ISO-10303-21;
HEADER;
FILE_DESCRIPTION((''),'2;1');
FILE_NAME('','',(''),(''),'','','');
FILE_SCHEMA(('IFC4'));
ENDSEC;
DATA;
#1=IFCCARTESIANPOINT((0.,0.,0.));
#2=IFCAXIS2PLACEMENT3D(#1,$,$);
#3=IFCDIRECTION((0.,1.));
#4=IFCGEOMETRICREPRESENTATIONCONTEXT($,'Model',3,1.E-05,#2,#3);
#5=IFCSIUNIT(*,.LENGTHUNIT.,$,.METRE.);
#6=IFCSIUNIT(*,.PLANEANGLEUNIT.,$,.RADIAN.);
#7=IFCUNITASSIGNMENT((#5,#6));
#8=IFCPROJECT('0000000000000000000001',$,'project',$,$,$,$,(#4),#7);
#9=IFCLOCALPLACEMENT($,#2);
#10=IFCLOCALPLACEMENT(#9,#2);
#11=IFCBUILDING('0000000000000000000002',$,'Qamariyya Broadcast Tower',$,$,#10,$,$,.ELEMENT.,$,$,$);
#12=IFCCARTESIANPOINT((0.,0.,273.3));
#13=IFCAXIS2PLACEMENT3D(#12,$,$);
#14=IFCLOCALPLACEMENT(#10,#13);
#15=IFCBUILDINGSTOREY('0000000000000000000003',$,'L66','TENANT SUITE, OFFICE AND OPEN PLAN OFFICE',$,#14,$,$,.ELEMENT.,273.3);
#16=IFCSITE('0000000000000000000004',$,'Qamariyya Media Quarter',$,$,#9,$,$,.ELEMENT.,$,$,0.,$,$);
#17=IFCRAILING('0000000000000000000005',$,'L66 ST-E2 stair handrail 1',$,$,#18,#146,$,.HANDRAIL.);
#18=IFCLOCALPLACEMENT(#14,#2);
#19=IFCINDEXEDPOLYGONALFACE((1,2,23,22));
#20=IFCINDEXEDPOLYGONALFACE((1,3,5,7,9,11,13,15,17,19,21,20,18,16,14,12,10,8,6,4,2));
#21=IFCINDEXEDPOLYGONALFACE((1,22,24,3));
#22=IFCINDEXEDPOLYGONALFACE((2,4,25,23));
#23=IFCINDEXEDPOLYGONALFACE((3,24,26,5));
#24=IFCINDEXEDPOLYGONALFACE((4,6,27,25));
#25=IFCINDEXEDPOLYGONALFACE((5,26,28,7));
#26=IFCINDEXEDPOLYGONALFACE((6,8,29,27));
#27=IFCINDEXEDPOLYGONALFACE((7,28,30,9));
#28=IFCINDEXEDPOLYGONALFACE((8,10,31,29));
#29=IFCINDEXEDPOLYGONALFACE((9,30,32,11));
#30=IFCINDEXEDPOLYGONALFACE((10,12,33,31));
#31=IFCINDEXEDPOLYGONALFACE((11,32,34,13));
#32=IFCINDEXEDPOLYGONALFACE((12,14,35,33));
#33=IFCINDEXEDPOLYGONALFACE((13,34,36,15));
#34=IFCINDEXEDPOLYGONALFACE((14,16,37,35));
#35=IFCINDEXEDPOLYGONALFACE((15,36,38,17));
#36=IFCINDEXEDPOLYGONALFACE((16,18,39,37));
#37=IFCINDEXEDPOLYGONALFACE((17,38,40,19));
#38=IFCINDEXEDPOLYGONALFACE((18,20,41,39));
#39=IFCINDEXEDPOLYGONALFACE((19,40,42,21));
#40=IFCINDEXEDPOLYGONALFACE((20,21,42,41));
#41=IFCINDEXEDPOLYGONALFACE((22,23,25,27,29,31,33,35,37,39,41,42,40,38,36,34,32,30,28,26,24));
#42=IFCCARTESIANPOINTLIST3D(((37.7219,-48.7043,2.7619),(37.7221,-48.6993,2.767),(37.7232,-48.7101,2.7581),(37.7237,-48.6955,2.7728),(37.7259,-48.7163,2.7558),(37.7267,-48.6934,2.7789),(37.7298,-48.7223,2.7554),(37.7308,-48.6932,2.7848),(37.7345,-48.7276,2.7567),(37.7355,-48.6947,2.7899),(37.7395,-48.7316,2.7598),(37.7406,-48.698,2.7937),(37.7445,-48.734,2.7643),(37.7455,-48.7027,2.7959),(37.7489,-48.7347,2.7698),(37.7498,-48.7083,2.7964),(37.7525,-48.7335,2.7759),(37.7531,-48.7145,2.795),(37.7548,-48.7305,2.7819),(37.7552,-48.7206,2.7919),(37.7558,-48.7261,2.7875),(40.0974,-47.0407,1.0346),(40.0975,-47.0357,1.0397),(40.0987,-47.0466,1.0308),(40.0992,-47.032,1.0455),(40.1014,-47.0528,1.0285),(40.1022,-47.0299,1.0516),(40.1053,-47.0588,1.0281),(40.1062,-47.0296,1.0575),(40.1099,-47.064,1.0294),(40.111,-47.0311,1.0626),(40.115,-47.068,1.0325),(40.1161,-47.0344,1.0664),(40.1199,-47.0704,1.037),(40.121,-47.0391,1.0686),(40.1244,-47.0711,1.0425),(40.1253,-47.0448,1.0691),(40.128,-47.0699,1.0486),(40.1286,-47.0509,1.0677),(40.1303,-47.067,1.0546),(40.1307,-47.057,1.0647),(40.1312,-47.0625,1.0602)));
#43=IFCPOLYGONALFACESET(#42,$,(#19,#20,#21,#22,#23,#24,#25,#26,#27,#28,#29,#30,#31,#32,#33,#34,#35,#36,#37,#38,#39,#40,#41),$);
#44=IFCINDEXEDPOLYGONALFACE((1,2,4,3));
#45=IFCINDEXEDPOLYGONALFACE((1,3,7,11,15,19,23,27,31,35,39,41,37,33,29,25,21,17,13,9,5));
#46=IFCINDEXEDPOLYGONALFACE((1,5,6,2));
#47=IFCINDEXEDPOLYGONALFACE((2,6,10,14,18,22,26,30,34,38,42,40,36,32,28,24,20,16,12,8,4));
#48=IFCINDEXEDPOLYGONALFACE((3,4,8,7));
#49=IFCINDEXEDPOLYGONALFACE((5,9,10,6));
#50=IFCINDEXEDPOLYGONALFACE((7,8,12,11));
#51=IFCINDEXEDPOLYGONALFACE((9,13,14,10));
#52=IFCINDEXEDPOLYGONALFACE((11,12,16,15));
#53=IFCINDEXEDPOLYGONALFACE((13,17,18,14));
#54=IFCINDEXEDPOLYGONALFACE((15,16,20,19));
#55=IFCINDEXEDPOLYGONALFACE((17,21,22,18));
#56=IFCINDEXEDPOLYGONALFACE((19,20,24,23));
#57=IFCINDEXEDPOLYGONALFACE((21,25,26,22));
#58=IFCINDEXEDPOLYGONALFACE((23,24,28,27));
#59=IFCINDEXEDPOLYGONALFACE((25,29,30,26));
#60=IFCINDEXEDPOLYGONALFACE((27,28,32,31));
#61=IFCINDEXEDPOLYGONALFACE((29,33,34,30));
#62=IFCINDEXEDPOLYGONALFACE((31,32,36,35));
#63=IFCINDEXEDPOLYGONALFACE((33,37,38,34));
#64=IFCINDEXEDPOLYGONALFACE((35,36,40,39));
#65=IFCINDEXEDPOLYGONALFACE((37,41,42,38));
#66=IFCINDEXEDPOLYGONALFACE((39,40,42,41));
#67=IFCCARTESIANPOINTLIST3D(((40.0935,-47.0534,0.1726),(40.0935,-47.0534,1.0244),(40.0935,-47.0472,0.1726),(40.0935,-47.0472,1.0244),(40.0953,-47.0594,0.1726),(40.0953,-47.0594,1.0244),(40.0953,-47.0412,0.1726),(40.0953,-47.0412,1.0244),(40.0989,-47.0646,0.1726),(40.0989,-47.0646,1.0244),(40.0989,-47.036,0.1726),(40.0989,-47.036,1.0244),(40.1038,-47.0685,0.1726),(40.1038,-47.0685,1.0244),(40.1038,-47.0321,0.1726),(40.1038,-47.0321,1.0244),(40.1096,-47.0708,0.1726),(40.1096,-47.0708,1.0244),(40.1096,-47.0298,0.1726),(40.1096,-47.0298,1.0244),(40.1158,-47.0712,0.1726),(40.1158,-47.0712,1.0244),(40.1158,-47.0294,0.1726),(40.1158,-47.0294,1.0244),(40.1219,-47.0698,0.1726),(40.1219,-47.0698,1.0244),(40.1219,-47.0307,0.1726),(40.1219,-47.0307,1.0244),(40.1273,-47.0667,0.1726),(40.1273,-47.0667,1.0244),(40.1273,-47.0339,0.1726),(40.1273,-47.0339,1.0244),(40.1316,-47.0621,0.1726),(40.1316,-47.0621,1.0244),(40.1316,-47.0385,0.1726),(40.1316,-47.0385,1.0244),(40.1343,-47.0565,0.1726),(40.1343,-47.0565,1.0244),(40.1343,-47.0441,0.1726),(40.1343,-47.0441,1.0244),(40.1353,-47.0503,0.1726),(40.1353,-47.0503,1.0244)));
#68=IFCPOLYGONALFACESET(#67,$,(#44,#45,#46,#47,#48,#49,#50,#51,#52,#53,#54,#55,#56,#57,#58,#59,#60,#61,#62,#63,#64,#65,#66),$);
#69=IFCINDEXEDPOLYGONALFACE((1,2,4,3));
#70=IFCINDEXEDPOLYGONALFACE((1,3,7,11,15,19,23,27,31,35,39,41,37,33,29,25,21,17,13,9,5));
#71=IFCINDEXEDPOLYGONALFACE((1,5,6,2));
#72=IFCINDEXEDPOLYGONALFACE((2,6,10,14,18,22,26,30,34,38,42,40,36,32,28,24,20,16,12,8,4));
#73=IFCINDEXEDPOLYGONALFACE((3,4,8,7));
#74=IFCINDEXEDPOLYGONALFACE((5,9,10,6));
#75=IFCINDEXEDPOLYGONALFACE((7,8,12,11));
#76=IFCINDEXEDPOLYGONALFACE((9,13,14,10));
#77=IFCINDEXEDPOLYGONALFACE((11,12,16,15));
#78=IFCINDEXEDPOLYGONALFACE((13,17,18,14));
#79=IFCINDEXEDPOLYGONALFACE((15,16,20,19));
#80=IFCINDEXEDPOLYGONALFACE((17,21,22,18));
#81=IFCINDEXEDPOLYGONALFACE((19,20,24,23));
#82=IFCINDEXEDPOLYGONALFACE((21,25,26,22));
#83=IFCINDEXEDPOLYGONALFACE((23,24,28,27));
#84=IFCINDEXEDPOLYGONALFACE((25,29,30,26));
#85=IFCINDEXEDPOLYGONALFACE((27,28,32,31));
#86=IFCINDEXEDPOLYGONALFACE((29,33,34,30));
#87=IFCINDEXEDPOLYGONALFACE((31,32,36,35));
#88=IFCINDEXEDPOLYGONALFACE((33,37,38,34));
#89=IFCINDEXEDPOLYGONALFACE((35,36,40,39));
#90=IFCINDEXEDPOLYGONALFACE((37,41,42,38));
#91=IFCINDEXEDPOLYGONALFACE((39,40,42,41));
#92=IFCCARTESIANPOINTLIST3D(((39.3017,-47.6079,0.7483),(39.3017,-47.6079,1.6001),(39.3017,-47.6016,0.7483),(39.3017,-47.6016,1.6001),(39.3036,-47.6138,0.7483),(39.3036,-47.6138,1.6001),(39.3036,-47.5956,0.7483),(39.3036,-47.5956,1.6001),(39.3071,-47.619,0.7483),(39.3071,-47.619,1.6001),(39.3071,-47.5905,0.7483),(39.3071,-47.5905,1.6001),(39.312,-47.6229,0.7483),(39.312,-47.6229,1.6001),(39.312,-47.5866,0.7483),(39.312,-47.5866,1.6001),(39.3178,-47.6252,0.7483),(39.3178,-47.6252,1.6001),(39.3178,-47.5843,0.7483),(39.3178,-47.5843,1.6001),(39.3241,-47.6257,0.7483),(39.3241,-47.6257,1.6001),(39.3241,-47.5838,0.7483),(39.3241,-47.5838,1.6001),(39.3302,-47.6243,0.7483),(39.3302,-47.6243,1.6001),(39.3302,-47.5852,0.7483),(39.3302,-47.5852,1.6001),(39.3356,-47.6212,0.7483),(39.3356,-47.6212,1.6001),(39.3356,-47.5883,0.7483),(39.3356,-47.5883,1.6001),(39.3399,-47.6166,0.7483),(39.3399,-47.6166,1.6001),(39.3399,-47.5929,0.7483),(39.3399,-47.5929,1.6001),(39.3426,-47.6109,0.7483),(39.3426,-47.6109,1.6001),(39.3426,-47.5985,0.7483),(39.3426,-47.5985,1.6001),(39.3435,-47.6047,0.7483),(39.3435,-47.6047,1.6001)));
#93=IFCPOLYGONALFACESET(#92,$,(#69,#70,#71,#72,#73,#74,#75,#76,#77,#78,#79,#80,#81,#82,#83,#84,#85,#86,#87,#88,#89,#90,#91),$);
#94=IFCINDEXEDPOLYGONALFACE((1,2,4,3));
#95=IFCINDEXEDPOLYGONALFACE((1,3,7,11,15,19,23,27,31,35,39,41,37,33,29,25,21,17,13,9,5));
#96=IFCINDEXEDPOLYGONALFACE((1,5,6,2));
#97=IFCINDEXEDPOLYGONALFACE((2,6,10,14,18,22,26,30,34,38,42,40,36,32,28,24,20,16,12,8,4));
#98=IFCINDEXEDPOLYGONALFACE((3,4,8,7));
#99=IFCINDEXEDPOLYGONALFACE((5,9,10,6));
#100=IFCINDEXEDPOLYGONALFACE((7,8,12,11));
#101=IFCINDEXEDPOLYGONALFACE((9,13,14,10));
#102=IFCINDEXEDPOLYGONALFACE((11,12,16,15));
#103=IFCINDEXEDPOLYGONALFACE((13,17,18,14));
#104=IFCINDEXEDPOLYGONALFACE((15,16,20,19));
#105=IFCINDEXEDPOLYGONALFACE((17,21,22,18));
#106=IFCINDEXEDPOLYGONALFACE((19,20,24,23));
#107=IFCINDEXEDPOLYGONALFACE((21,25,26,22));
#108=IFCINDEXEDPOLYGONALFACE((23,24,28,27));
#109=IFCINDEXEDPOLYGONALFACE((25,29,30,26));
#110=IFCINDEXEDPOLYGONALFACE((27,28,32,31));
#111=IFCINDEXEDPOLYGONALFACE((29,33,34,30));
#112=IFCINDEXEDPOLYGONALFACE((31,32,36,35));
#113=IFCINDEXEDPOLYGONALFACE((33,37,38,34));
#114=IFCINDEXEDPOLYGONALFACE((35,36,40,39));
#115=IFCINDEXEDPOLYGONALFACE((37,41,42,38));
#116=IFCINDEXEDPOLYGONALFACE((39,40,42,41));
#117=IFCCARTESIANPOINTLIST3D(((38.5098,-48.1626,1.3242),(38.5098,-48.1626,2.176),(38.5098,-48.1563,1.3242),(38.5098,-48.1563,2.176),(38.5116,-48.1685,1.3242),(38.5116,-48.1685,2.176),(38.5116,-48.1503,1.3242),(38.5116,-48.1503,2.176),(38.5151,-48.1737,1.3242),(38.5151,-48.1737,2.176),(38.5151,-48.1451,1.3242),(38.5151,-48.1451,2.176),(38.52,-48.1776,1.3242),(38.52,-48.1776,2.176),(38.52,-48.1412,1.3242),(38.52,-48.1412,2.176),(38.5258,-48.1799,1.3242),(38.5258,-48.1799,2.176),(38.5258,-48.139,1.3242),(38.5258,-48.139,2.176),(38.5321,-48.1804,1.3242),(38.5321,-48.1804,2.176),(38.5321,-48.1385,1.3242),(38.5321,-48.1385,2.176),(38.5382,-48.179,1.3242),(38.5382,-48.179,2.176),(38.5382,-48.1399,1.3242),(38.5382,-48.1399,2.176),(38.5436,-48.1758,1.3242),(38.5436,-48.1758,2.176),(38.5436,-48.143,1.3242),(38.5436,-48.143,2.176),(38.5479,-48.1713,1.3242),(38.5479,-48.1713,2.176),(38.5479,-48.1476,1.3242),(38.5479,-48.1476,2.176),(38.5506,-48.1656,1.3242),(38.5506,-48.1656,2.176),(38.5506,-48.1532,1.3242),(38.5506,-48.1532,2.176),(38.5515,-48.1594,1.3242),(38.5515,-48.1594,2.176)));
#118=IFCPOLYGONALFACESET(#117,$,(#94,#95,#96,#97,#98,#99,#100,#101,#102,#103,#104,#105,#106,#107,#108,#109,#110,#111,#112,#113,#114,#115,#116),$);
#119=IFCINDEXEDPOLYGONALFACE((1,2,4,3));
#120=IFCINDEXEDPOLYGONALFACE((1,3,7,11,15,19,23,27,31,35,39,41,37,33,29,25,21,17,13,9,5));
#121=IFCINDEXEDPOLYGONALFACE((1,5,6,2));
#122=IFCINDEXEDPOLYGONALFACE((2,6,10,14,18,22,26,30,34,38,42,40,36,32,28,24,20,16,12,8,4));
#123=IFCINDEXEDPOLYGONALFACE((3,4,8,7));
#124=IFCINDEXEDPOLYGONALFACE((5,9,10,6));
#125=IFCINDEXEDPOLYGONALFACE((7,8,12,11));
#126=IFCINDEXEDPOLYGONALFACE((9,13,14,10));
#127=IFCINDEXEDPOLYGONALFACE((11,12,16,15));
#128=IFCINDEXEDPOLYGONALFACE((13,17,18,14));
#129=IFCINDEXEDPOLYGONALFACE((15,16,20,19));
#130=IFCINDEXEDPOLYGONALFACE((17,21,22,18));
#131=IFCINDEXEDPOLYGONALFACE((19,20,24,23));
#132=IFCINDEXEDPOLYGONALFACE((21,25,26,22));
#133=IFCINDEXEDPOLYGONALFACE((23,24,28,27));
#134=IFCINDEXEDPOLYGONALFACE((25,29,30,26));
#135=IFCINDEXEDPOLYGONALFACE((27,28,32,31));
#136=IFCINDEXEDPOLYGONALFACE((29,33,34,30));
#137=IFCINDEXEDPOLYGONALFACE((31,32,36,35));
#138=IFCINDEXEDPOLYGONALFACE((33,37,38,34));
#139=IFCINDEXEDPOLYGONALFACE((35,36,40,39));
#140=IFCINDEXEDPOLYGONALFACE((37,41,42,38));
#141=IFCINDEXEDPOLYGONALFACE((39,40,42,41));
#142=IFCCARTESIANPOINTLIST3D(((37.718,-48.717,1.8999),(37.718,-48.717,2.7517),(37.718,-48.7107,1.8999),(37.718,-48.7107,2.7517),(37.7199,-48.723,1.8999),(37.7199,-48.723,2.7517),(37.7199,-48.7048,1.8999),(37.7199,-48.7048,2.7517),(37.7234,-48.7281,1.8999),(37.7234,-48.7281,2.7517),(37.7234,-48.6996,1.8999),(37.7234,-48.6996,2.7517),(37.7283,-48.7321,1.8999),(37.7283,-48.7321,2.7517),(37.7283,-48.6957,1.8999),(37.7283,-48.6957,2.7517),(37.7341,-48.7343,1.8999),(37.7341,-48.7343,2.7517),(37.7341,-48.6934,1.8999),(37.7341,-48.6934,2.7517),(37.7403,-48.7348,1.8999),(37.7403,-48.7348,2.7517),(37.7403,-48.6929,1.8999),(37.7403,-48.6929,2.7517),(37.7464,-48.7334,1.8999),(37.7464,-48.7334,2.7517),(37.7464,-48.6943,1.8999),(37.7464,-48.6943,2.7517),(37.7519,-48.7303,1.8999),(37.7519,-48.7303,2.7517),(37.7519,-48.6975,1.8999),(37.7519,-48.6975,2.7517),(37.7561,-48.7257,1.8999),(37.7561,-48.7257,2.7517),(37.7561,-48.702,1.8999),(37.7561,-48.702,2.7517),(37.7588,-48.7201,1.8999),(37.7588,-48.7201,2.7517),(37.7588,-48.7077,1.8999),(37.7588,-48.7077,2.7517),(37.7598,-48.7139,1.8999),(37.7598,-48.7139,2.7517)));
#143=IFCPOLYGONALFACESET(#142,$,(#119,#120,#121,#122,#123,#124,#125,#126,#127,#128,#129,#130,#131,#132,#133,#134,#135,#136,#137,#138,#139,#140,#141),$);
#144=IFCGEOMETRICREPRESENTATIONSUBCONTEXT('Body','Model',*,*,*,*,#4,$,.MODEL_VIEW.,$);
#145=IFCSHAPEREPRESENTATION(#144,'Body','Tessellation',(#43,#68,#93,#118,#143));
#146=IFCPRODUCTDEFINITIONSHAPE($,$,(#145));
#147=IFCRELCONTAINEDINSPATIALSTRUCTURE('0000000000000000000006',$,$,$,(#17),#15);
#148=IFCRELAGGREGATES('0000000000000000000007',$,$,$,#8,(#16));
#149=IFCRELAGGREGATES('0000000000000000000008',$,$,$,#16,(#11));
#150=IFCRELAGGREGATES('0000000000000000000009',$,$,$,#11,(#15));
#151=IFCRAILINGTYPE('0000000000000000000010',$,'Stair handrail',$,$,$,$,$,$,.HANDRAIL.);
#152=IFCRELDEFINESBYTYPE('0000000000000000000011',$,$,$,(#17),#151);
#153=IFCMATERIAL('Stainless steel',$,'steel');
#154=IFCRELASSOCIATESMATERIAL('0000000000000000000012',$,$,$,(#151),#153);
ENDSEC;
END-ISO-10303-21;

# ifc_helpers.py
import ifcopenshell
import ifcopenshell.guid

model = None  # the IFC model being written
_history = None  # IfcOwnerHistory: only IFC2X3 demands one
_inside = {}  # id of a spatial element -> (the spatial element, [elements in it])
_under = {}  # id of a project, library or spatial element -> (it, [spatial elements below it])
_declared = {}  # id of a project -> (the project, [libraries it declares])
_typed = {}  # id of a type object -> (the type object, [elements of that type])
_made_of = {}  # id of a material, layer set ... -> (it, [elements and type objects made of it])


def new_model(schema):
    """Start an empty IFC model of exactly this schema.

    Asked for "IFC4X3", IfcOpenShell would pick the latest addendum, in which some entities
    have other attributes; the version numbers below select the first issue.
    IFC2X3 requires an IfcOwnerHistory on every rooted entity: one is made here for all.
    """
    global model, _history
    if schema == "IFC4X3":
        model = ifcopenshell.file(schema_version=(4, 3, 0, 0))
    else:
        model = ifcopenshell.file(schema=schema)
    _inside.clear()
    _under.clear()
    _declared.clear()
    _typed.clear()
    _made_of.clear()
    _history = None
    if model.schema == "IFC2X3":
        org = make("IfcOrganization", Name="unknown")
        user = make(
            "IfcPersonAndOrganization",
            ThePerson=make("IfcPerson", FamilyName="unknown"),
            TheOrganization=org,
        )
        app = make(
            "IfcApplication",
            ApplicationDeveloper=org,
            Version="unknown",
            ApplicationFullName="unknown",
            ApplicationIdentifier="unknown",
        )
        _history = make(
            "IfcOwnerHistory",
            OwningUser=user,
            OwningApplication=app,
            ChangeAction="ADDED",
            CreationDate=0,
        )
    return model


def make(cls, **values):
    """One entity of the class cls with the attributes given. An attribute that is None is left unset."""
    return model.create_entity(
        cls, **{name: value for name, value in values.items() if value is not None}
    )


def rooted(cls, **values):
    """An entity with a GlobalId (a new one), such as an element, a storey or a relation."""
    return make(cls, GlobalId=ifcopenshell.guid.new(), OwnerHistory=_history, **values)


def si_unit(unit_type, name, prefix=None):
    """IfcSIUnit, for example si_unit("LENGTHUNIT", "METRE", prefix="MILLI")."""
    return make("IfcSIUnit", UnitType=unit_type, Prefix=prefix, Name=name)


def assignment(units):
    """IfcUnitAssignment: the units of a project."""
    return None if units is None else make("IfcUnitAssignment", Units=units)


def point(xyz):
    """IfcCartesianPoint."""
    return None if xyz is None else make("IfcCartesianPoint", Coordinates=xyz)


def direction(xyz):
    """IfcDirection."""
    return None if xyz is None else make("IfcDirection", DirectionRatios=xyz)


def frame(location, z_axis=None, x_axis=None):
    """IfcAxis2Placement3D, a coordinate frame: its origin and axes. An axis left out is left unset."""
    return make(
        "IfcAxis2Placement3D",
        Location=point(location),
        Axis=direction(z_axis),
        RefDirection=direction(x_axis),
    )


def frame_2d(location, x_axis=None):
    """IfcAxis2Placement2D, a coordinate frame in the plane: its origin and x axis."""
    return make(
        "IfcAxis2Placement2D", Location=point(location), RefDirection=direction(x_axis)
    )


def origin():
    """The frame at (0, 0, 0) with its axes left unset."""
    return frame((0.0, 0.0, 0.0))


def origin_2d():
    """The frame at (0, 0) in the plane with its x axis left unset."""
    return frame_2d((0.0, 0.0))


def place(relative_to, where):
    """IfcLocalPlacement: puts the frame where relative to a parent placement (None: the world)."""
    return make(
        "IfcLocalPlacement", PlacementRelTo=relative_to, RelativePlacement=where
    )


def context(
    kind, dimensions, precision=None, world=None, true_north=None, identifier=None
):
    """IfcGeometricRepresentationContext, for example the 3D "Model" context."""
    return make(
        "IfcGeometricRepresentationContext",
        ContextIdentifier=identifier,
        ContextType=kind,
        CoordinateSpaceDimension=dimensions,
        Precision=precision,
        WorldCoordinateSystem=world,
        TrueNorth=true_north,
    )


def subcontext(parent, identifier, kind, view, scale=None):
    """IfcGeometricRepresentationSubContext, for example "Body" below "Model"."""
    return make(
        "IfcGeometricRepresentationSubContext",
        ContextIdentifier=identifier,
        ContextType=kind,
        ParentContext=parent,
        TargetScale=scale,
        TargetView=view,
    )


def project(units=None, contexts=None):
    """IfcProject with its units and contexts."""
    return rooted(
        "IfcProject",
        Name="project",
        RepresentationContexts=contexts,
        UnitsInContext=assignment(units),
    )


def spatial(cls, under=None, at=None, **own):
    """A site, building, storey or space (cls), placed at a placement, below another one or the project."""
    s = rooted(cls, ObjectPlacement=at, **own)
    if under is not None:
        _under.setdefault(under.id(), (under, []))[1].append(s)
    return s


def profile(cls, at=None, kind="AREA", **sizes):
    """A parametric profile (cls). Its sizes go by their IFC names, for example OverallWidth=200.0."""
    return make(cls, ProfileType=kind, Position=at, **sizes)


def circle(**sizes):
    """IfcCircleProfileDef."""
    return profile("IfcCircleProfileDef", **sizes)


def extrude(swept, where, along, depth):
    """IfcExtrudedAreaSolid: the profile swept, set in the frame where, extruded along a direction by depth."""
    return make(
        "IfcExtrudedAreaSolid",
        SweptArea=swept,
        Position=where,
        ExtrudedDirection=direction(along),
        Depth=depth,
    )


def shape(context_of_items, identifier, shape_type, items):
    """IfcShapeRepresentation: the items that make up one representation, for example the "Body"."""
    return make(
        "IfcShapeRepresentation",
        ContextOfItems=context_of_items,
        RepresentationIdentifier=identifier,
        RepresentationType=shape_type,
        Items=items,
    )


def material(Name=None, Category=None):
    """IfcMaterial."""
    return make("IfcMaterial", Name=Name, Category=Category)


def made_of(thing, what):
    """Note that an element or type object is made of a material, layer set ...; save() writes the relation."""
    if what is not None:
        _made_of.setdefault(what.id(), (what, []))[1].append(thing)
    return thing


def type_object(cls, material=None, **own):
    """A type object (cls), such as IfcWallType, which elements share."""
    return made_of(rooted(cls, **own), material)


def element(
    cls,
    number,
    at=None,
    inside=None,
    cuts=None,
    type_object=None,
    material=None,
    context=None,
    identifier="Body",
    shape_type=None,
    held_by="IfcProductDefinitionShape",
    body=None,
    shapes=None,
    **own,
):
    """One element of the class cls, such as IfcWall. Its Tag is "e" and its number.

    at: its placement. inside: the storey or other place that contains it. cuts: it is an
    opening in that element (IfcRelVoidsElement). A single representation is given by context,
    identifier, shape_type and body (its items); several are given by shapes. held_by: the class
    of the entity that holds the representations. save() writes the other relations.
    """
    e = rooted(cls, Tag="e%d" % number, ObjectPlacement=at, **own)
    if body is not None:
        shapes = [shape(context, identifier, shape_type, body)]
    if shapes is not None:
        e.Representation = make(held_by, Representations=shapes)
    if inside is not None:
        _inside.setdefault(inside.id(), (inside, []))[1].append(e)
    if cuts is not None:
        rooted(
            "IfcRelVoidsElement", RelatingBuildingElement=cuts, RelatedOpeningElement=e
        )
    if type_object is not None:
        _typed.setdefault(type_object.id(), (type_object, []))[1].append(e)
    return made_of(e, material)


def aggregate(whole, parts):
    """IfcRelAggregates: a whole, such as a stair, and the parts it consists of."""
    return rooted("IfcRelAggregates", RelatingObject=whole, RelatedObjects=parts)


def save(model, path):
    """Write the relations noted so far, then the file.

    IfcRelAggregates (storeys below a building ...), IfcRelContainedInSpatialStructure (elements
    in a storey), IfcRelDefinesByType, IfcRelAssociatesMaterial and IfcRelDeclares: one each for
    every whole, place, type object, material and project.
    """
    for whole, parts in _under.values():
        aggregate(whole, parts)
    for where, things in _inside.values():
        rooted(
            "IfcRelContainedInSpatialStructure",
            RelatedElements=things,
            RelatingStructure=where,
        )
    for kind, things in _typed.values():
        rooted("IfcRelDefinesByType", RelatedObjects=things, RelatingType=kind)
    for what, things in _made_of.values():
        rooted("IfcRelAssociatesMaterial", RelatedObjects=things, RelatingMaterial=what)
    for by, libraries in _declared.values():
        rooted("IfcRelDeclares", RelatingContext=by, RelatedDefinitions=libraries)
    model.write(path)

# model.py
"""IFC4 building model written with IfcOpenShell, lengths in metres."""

from ifc_helpers import new_model, si_unit, direction, frame, origin, origin_2d, place, context, subcontext, project, spatial, circle, extrude, material, type_object, element, save


model = new_model("IFC4")

# Units and contexts
model_context = context("Model", 3, precision=1e-05, world=origin(), true_north=direction((0.0, 1.0)))
body_context = subcontext(model_context, "Body", "Model", "MODEL_VIEW")
ifc_project = project(units=[si_unit("LENGTHUNIT", "METRE"), si_unit("PLANEANGLEUNIT", "RADIAN")], contexts=[model_context])

# Site, building, storey
site_placement = place(None, origin())
site = spatial("IfcSite", under=ifc_project, at=site_placement, Name="Qamariyya Media Quarter", CompositionType="ELEMENT", RefElevation=0.0)
building_placement = place(site_placement, origin())
building = spatial("IfcBuilding", under=site, at=building_placement, Name="Qamariyya Broadcast Tower", CompositionType="ELEMENT")
storey_placement = place(building_placement, frame((0.0, 0.0, 273.3)))
storey = spatial("IfcBuildingStorey", under=building, at=storey_placement, Name="L66", Description="TENANT SUITE, OFFICE AND OPEN PLAN OFFICE", CompositionType="ELEMENT", Elevation=273.3)

# Railing
ifc_material_1 = material(Name="Stainless steel", Category="steel")
railing_type_1 = type_object("IfcRailingType", Name="Stair handrail", PredefinedType="HANDRAIL", material=ifc_material_1)
railing_1_placement = place(storey_placement, frame((40.1143, -47.0503, 0.1726)))
element("IfcRailing", 1, at=railing_1_placement, inside=storey, type_object=railing_type_1, Name="L66 ST-E2 stair handrail 1", PredefinedType="HANDRAIL", context=body_context, shape_type="SweptSolid", body=[
    extrude(circle(Radius=0.0239, at=origin_2d()), frame((0.0, 0.0, 0.876), z_axis=(-0.703745, -0.492838, 0.511716), x_axis=(0.573632, -0.819113, 0.0)), (0.0, 0.0, 1.0), 3.3755),
    extrude(circle(Radius=0.021, at=origin_2d()), origin(), (0.0, 0.0, 1.0), 0.8518),
    extrude(circle(Radius=0.021, at=origin_2d()), frame((-0.7917, -0.5544, 0.5757)), (0.0, 0.0, 1.0), 0.8518),
    extrude(circle(Radius=0.021, at=origin_2d()), frame((-1.5837, -1.1091, 1.1516)), (0.0, 0.0, 1.0), 0.8518),
    extrude(circle(Radius=0.021, at=origin_2d()), frame((-2.3755, -1.6636, 1.7273)), (0.0, 0.0, 1.0), 0.8518),
])

save(model, "model.ifc")
